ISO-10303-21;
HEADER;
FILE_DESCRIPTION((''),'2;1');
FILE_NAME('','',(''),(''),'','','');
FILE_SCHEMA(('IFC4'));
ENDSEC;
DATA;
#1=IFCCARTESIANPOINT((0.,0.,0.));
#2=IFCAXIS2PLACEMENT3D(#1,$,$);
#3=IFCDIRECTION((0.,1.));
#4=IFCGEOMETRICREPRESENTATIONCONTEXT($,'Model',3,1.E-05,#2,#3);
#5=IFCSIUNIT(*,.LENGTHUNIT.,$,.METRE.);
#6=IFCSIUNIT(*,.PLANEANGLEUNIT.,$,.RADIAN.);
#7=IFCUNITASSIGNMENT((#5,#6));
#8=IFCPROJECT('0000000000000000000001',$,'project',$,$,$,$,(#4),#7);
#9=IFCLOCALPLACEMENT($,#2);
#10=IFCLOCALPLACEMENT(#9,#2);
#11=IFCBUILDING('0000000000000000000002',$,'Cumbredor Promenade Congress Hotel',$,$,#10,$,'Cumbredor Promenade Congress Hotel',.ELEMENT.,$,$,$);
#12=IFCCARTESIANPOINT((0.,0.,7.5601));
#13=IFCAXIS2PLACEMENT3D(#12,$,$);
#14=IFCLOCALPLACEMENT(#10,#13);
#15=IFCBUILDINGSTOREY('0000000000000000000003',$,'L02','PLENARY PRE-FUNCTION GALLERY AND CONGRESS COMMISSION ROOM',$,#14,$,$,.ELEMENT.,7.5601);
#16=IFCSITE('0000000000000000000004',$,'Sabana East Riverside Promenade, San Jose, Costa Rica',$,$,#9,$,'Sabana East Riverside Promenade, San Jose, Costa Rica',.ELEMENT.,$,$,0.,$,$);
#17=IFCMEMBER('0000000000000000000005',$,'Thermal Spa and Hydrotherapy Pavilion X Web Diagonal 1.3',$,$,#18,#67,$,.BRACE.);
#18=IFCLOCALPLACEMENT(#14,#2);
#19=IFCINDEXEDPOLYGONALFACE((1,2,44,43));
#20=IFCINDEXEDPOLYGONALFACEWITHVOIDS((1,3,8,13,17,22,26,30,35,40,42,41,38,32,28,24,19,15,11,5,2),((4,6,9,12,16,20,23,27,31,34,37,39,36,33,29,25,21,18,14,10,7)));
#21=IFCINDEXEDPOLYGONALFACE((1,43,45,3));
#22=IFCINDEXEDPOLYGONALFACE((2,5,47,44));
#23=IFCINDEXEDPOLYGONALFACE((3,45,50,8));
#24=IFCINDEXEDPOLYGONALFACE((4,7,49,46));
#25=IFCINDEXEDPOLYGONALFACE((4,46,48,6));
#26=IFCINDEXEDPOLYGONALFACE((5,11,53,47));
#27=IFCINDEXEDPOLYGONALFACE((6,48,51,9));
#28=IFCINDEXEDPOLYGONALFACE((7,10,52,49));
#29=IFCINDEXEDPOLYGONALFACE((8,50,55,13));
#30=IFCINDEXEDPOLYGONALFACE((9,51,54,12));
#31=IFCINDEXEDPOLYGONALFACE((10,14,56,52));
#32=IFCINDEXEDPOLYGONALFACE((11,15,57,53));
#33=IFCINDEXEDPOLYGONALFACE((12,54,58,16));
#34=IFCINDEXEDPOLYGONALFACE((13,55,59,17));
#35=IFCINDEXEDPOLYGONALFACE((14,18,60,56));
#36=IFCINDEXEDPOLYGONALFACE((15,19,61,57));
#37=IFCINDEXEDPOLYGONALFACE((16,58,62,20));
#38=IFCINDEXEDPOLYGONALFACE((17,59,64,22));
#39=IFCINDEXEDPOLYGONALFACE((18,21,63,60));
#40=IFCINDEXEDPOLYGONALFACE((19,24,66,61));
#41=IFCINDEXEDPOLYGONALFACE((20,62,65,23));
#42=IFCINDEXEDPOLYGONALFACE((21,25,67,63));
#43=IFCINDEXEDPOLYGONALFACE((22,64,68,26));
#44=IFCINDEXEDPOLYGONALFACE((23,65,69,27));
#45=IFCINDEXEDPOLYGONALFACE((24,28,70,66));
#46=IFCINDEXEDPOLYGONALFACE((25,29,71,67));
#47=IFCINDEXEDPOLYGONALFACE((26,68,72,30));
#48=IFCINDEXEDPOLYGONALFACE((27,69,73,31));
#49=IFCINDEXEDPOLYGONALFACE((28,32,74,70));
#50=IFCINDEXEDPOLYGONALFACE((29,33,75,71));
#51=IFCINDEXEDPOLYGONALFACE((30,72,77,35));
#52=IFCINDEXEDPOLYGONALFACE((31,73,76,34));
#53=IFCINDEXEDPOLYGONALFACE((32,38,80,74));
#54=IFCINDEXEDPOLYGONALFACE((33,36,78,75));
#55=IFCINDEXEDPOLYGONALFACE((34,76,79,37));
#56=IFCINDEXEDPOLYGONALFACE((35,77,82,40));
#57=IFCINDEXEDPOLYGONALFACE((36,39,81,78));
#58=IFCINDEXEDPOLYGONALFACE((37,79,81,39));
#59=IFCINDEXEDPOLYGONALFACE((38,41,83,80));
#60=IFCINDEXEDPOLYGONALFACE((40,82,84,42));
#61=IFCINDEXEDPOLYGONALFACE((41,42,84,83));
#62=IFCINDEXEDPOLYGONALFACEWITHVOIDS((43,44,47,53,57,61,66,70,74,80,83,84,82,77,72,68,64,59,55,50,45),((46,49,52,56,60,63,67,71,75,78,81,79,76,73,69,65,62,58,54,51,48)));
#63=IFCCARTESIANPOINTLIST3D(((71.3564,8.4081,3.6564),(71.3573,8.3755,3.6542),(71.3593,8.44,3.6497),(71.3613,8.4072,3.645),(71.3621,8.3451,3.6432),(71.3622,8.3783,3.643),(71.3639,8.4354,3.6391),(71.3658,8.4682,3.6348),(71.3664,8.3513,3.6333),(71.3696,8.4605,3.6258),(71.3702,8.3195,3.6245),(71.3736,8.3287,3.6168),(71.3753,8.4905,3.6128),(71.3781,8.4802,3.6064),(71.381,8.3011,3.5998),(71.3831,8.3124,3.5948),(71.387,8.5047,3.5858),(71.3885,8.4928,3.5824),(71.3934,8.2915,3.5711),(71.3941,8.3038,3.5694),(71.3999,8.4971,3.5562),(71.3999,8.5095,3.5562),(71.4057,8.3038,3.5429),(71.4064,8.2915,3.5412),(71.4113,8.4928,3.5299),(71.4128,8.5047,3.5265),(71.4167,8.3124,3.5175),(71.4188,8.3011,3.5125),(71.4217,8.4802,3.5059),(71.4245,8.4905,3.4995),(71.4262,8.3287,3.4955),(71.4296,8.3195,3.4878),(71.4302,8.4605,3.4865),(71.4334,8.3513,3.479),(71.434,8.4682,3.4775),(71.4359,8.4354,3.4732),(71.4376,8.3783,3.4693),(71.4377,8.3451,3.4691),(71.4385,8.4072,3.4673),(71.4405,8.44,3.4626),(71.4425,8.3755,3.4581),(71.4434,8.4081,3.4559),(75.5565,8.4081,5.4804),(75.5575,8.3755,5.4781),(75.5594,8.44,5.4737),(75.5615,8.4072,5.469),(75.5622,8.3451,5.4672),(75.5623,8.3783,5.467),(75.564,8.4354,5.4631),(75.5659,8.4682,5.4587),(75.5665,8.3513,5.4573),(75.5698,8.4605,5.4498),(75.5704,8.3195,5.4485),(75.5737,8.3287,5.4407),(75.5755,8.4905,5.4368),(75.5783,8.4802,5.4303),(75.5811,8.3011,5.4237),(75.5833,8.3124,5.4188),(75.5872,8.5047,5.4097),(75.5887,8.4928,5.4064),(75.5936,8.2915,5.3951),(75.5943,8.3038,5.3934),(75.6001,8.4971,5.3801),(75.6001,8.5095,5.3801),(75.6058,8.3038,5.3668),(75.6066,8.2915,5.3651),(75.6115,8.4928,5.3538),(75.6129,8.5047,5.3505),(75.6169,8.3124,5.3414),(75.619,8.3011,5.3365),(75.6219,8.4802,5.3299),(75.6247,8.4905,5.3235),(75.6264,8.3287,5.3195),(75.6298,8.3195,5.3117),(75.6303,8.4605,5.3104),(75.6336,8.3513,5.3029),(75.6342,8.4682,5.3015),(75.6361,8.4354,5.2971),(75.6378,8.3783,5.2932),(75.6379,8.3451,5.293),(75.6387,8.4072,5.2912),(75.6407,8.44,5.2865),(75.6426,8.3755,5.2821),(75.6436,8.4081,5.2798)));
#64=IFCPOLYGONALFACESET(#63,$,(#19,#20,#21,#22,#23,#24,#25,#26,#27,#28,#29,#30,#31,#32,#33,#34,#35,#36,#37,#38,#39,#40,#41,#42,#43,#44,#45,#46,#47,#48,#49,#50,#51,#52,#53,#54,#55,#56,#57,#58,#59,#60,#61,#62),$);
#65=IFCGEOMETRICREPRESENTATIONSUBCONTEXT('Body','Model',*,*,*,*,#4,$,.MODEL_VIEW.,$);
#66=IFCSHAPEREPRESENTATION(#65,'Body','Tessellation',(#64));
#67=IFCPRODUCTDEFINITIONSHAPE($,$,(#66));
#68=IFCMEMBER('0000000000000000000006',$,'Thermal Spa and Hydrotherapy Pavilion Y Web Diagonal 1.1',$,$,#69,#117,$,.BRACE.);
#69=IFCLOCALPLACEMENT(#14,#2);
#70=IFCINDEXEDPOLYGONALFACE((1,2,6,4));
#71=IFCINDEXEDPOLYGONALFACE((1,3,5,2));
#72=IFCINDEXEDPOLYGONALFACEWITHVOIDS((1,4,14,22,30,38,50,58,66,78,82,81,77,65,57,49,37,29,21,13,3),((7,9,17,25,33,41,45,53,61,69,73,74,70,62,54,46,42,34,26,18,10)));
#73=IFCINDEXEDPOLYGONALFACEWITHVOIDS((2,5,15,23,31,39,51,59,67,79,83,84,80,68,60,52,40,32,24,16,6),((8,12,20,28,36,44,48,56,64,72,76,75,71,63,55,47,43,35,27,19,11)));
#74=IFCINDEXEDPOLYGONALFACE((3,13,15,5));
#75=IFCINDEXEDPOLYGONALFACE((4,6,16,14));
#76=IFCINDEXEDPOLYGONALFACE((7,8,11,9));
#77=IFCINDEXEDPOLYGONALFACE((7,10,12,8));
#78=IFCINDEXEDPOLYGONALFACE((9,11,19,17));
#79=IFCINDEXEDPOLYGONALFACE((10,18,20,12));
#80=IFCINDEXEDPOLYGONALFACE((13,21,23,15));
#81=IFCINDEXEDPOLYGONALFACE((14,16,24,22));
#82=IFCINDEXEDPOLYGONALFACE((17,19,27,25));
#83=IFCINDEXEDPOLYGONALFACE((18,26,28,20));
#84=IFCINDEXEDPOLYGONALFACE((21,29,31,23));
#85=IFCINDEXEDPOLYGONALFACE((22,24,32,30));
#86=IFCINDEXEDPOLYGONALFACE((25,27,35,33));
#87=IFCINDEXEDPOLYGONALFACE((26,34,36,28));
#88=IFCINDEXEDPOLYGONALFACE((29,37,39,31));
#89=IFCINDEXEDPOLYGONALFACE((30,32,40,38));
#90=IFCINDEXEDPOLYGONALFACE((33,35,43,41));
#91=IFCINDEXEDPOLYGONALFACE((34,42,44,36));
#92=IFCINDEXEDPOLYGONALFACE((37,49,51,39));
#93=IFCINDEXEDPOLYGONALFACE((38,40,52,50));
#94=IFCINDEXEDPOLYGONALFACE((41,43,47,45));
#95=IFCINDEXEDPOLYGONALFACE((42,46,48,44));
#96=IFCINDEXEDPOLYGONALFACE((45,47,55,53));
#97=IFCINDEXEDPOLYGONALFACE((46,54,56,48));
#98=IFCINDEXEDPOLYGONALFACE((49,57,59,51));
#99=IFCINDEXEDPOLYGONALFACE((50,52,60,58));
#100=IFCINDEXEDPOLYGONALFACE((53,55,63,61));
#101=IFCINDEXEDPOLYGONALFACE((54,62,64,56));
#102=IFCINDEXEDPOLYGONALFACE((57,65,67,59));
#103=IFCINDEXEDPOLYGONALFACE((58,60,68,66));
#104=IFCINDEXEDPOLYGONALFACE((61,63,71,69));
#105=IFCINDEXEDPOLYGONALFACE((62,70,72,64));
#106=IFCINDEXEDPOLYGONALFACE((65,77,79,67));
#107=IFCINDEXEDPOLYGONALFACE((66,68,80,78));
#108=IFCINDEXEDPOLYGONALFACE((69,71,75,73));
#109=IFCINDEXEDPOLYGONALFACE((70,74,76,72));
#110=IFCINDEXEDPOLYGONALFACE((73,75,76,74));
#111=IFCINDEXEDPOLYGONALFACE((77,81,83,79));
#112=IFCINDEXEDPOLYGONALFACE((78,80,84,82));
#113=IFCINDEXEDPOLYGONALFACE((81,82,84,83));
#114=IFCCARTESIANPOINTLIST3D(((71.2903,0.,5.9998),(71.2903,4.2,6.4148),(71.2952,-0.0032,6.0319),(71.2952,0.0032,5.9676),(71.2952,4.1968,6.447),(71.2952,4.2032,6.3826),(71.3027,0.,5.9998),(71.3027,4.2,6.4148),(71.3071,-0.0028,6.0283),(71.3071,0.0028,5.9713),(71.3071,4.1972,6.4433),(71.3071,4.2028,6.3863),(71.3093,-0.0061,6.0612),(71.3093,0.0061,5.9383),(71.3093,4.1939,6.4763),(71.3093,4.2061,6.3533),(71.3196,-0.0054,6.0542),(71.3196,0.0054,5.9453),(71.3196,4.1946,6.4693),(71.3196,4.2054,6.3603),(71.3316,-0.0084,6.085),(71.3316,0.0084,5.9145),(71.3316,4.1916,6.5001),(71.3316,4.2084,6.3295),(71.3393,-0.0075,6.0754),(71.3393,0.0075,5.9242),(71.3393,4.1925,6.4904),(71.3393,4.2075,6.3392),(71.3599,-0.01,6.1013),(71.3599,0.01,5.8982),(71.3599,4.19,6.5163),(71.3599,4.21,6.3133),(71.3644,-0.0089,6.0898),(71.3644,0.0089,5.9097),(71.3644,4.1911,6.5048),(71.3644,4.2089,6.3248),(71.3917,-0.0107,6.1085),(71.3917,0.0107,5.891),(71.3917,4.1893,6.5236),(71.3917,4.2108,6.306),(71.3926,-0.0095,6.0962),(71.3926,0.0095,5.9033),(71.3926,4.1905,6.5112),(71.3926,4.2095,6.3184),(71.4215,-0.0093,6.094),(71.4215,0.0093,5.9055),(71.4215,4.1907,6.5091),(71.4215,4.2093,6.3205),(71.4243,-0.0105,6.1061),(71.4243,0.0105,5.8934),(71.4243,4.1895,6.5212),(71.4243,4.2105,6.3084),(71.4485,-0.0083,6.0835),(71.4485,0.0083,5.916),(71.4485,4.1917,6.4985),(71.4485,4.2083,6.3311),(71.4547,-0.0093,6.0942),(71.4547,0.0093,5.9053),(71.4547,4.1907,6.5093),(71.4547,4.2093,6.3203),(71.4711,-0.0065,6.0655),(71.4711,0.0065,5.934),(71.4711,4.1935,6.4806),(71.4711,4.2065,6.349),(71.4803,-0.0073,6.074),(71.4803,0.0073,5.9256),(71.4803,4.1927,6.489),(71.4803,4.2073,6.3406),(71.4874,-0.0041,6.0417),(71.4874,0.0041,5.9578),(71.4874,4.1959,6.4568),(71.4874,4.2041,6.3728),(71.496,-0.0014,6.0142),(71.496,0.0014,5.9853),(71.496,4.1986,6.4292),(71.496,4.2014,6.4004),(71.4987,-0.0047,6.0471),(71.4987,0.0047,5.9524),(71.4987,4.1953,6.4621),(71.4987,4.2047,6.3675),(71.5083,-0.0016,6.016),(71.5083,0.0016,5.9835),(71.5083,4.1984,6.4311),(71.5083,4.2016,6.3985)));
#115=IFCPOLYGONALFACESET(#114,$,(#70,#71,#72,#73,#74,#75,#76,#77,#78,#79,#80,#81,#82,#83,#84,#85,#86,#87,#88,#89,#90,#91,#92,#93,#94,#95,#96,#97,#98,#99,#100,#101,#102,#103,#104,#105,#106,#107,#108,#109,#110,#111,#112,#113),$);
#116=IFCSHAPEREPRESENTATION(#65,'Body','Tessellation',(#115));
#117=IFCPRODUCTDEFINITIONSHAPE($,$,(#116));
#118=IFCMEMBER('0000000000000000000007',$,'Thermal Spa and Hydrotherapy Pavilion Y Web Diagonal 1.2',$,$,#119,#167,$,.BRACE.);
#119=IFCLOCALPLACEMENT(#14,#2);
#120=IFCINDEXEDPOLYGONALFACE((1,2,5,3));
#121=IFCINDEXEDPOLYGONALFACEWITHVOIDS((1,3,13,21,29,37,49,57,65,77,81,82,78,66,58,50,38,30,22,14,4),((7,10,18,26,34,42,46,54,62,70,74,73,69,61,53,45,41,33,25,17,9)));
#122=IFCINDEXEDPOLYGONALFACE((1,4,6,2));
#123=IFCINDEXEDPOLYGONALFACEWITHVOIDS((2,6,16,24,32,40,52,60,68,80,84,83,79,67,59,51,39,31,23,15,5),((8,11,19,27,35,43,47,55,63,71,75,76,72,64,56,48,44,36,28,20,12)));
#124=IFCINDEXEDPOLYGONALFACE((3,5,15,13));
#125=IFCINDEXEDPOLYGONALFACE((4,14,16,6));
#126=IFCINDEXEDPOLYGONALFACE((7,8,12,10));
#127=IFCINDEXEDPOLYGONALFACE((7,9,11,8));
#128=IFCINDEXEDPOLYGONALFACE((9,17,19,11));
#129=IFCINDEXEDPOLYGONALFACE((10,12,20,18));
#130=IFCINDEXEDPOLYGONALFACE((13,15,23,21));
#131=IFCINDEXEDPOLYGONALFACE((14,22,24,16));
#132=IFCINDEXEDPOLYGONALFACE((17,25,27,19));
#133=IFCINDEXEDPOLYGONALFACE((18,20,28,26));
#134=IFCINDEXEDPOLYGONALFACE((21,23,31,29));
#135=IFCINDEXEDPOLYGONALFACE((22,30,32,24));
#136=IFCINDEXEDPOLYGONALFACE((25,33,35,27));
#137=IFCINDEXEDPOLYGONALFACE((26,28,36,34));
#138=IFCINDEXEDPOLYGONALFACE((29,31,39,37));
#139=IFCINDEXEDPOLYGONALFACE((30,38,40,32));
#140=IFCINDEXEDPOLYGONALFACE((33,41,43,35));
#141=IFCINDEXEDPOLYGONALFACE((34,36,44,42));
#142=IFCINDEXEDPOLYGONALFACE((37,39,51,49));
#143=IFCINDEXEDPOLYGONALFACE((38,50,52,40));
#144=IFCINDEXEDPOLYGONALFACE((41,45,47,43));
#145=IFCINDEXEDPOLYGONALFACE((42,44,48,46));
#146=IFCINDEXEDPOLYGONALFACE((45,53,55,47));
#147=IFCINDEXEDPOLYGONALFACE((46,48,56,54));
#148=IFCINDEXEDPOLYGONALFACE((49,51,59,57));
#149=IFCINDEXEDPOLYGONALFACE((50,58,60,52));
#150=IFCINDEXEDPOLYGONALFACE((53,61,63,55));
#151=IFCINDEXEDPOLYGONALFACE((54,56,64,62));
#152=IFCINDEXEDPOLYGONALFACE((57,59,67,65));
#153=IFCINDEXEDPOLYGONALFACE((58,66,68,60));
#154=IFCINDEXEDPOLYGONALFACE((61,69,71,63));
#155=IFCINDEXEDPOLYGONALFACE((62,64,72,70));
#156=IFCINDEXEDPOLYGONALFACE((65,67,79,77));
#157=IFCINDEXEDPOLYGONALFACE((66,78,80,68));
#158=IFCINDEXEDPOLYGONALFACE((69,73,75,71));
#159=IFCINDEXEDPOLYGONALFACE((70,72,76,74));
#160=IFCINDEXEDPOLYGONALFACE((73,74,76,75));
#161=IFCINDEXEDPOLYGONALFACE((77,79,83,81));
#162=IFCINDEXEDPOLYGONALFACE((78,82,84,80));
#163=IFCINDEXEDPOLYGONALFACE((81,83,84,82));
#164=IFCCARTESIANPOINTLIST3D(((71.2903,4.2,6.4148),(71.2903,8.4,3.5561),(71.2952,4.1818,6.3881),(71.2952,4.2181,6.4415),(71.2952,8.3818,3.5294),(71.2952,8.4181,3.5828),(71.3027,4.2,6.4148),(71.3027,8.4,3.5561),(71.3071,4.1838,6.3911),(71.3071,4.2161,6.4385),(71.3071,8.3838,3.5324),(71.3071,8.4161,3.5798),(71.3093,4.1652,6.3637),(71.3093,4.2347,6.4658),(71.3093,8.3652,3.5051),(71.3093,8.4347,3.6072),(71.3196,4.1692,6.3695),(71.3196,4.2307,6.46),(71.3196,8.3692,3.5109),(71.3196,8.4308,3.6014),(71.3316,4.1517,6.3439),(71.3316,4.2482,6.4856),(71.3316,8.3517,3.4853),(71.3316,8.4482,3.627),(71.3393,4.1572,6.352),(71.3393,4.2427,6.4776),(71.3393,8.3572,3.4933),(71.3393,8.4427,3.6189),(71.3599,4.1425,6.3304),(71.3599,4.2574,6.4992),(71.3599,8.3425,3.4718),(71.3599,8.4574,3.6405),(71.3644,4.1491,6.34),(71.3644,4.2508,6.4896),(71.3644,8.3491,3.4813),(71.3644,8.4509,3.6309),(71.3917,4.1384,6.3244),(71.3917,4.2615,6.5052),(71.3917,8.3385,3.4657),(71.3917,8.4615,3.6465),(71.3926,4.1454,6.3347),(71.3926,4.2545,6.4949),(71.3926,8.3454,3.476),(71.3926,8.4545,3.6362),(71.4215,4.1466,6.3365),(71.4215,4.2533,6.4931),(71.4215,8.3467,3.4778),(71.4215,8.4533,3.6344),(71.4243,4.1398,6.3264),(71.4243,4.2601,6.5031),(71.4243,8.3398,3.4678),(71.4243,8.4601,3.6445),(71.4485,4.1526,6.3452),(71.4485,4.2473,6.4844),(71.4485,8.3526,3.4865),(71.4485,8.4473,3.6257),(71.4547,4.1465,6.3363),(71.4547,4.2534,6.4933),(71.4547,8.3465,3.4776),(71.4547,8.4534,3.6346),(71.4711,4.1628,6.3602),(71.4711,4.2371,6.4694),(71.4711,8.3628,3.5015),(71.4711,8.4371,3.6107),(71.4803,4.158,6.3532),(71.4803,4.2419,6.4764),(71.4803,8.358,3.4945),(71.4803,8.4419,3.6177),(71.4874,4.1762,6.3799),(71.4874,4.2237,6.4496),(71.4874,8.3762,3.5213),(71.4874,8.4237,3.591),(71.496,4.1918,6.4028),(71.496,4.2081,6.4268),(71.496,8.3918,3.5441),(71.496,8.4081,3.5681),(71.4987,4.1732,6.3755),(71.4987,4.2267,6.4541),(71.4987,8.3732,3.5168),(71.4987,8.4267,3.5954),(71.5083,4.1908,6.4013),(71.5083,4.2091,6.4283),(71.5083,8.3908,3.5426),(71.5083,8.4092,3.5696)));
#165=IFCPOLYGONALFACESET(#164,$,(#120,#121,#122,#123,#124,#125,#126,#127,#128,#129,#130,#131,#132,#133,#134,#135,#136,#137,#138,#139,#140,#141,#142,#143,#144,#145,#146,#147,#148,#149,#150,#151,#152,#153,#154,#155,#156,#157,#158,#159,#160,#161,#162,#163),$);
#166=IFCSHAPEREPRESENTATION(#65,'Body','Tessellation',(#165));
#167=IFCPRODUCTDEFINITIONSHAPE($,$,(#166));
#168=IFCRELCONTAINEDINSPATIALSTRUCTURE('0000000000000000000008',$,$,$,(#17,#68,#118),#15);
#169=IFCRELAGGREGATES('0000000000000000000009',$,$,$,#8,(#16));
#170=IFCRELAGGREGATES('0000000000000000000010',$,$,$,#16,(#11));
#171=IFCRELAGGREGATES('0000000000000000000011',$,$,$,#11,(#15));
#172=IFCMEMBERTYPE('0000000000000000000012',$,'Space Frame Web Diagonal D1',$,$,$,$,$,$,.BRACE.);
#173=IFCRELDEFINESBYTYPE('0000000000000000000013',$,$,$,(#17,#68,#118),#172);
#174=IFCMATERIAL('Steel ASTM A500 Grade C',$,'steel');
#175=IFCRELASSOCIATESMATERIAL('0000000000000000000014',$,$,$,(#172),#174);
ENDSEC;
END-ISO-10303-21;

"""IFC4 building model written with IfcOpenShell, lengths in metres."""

from ifc_helpers import new_model, si_unit, direction, frame, origin, origin_2d, place, context, subcontext, project, spatial, hollow_circle, extrude, material, material_profile, profile_set, type_object, element, save


model = new_model("IFC4")

# Units and contexts
model_context = context("Model", 3, precision=1e-05, world=origin(), true_north=direction((0.0, 1.0)))
body_context = subcontext(model_context, "Body", "Model", "MODEL_VIEW")
ifc_project = project(units=[si_unit("LENGTHUNIT", "METRE"), si_unit("PLANEANGLEUNIT", "RADIAN")], contexts=[model_context])

# Site, building, storey
site_placement = place(None, origin())
site = spatial("IfcSite", under=ifc_project, at=site_placement, Name="Sabana East Riverside Promenade, San Jose, Costa Rica", LongName="Sabana East Riverside Promenade, San Jose, Costa Rica", CompositionType="ELEMENT", RefElevation=0.0)
building_placement = place(site_placement, origin())
building = spatial("IfcBuilding", under=site, at=building_placement, Name="Cumbredor Promenade Congress Hotel", LongName="Cumbredor Promenade Congress Hotel", CompositionType="ELEMENT")
storey_placement = place(building_placement, frame((0.0, 0.0, 7.5601)))
storey = spatial("IfcBuildingStorey", under=building, at=storey_placement, Name="L02", Description="PLENARY PRE-FUNCTION GALLERY AND CONGRESS COMMISSION ROOM", CompositionType="ELEMENT", Elevation=7.5601)

# Shared definitions
ifc_material_1 = material(Name="Steel ASTM A500 Grade C", Category="steel")

# Members
ifc_material_profile_1 = material_profile(ifc_material_1, hollow_circle(Radius=0.1096, WallThickness=0.0125, at=origin_2d()), Name="CHS 219.1x12.5")
ifc_profile_set_1 = profile_set([ifc_material_profile_1], Name="Steel ASTM A500 Grade C")
member_type_1 = type_object("IfcMemberType", Name="Space Frame Web Diagonal D1", PredefinedType="BRACE", material=ifc_profile_set_1)
member_1_placement = place(storey_placement, frame((71.3999, 8.3999, 3.5562), z_axis=(0.917245, 0.0, 0.398323), x_axis=(0.0, 1.0, 0.0)))
element("IfcMember", 1, at=member_1_placement, inside=storey, type_object=member_type_1, Name="Thermal Spa and Hydrotherapy Pavilion X Web Diagonal 1.3", PredefinedType="BRACE", context=body_context, shape_type="SweptSolid", body=[
    extrude(hollow_circle(Radius=0.1096, WallThickness=0.0125, at=origin_2d()), origin(), (0.0, 0.0, 1.0), 4.5791),
])
member_2_placement = place(storey_placement, frame((71.3999, 0.0, 5.9998), z_axis=(0.0, 0.995153, 0.098341), x_axis=(-1.0, 0.0, 0.0)))
element("IfcMember", 2, at=member_2_placement, inside=storey, type_object=member_type_1, Name="Thermal Spa and Hydrotherapy Pavilion Y Web Diagonal 1.1", PredefinedType="BRACE", context=body_context, shape_type="SweptSolid", body=[
    extrude(hollow_circle(Radius=0.1096, WallThickness=0.0125, at=origin_2d()), origin(), (0.0, 0.0, 1.0), 4.2205),
])
member_3_placement = place(storey_placement, frame((71.3999, 4.2, 6.4148), z_axis=(0.0, 0.826682, -0.56267), x_axis=(-1.0, 0.0, 0.0)))
element("IfcMember", 3, at=member_3_placement, inside=storey, type_object=member_type_1, Name="Thermal Spa and Hydrotherapy Pavilion Y Web Diagonal 1.2", PredefinedType="BRACE", context=body_context, shape_type="SweptSolid", body=[
    extrude(hollow_circle(Radius=0.1096, WallThickness=0.0125, at=origin_2d()), origin(), (0.0, 0.0, 1.0), 5.0806),
])

save(model, "model.ifc")
